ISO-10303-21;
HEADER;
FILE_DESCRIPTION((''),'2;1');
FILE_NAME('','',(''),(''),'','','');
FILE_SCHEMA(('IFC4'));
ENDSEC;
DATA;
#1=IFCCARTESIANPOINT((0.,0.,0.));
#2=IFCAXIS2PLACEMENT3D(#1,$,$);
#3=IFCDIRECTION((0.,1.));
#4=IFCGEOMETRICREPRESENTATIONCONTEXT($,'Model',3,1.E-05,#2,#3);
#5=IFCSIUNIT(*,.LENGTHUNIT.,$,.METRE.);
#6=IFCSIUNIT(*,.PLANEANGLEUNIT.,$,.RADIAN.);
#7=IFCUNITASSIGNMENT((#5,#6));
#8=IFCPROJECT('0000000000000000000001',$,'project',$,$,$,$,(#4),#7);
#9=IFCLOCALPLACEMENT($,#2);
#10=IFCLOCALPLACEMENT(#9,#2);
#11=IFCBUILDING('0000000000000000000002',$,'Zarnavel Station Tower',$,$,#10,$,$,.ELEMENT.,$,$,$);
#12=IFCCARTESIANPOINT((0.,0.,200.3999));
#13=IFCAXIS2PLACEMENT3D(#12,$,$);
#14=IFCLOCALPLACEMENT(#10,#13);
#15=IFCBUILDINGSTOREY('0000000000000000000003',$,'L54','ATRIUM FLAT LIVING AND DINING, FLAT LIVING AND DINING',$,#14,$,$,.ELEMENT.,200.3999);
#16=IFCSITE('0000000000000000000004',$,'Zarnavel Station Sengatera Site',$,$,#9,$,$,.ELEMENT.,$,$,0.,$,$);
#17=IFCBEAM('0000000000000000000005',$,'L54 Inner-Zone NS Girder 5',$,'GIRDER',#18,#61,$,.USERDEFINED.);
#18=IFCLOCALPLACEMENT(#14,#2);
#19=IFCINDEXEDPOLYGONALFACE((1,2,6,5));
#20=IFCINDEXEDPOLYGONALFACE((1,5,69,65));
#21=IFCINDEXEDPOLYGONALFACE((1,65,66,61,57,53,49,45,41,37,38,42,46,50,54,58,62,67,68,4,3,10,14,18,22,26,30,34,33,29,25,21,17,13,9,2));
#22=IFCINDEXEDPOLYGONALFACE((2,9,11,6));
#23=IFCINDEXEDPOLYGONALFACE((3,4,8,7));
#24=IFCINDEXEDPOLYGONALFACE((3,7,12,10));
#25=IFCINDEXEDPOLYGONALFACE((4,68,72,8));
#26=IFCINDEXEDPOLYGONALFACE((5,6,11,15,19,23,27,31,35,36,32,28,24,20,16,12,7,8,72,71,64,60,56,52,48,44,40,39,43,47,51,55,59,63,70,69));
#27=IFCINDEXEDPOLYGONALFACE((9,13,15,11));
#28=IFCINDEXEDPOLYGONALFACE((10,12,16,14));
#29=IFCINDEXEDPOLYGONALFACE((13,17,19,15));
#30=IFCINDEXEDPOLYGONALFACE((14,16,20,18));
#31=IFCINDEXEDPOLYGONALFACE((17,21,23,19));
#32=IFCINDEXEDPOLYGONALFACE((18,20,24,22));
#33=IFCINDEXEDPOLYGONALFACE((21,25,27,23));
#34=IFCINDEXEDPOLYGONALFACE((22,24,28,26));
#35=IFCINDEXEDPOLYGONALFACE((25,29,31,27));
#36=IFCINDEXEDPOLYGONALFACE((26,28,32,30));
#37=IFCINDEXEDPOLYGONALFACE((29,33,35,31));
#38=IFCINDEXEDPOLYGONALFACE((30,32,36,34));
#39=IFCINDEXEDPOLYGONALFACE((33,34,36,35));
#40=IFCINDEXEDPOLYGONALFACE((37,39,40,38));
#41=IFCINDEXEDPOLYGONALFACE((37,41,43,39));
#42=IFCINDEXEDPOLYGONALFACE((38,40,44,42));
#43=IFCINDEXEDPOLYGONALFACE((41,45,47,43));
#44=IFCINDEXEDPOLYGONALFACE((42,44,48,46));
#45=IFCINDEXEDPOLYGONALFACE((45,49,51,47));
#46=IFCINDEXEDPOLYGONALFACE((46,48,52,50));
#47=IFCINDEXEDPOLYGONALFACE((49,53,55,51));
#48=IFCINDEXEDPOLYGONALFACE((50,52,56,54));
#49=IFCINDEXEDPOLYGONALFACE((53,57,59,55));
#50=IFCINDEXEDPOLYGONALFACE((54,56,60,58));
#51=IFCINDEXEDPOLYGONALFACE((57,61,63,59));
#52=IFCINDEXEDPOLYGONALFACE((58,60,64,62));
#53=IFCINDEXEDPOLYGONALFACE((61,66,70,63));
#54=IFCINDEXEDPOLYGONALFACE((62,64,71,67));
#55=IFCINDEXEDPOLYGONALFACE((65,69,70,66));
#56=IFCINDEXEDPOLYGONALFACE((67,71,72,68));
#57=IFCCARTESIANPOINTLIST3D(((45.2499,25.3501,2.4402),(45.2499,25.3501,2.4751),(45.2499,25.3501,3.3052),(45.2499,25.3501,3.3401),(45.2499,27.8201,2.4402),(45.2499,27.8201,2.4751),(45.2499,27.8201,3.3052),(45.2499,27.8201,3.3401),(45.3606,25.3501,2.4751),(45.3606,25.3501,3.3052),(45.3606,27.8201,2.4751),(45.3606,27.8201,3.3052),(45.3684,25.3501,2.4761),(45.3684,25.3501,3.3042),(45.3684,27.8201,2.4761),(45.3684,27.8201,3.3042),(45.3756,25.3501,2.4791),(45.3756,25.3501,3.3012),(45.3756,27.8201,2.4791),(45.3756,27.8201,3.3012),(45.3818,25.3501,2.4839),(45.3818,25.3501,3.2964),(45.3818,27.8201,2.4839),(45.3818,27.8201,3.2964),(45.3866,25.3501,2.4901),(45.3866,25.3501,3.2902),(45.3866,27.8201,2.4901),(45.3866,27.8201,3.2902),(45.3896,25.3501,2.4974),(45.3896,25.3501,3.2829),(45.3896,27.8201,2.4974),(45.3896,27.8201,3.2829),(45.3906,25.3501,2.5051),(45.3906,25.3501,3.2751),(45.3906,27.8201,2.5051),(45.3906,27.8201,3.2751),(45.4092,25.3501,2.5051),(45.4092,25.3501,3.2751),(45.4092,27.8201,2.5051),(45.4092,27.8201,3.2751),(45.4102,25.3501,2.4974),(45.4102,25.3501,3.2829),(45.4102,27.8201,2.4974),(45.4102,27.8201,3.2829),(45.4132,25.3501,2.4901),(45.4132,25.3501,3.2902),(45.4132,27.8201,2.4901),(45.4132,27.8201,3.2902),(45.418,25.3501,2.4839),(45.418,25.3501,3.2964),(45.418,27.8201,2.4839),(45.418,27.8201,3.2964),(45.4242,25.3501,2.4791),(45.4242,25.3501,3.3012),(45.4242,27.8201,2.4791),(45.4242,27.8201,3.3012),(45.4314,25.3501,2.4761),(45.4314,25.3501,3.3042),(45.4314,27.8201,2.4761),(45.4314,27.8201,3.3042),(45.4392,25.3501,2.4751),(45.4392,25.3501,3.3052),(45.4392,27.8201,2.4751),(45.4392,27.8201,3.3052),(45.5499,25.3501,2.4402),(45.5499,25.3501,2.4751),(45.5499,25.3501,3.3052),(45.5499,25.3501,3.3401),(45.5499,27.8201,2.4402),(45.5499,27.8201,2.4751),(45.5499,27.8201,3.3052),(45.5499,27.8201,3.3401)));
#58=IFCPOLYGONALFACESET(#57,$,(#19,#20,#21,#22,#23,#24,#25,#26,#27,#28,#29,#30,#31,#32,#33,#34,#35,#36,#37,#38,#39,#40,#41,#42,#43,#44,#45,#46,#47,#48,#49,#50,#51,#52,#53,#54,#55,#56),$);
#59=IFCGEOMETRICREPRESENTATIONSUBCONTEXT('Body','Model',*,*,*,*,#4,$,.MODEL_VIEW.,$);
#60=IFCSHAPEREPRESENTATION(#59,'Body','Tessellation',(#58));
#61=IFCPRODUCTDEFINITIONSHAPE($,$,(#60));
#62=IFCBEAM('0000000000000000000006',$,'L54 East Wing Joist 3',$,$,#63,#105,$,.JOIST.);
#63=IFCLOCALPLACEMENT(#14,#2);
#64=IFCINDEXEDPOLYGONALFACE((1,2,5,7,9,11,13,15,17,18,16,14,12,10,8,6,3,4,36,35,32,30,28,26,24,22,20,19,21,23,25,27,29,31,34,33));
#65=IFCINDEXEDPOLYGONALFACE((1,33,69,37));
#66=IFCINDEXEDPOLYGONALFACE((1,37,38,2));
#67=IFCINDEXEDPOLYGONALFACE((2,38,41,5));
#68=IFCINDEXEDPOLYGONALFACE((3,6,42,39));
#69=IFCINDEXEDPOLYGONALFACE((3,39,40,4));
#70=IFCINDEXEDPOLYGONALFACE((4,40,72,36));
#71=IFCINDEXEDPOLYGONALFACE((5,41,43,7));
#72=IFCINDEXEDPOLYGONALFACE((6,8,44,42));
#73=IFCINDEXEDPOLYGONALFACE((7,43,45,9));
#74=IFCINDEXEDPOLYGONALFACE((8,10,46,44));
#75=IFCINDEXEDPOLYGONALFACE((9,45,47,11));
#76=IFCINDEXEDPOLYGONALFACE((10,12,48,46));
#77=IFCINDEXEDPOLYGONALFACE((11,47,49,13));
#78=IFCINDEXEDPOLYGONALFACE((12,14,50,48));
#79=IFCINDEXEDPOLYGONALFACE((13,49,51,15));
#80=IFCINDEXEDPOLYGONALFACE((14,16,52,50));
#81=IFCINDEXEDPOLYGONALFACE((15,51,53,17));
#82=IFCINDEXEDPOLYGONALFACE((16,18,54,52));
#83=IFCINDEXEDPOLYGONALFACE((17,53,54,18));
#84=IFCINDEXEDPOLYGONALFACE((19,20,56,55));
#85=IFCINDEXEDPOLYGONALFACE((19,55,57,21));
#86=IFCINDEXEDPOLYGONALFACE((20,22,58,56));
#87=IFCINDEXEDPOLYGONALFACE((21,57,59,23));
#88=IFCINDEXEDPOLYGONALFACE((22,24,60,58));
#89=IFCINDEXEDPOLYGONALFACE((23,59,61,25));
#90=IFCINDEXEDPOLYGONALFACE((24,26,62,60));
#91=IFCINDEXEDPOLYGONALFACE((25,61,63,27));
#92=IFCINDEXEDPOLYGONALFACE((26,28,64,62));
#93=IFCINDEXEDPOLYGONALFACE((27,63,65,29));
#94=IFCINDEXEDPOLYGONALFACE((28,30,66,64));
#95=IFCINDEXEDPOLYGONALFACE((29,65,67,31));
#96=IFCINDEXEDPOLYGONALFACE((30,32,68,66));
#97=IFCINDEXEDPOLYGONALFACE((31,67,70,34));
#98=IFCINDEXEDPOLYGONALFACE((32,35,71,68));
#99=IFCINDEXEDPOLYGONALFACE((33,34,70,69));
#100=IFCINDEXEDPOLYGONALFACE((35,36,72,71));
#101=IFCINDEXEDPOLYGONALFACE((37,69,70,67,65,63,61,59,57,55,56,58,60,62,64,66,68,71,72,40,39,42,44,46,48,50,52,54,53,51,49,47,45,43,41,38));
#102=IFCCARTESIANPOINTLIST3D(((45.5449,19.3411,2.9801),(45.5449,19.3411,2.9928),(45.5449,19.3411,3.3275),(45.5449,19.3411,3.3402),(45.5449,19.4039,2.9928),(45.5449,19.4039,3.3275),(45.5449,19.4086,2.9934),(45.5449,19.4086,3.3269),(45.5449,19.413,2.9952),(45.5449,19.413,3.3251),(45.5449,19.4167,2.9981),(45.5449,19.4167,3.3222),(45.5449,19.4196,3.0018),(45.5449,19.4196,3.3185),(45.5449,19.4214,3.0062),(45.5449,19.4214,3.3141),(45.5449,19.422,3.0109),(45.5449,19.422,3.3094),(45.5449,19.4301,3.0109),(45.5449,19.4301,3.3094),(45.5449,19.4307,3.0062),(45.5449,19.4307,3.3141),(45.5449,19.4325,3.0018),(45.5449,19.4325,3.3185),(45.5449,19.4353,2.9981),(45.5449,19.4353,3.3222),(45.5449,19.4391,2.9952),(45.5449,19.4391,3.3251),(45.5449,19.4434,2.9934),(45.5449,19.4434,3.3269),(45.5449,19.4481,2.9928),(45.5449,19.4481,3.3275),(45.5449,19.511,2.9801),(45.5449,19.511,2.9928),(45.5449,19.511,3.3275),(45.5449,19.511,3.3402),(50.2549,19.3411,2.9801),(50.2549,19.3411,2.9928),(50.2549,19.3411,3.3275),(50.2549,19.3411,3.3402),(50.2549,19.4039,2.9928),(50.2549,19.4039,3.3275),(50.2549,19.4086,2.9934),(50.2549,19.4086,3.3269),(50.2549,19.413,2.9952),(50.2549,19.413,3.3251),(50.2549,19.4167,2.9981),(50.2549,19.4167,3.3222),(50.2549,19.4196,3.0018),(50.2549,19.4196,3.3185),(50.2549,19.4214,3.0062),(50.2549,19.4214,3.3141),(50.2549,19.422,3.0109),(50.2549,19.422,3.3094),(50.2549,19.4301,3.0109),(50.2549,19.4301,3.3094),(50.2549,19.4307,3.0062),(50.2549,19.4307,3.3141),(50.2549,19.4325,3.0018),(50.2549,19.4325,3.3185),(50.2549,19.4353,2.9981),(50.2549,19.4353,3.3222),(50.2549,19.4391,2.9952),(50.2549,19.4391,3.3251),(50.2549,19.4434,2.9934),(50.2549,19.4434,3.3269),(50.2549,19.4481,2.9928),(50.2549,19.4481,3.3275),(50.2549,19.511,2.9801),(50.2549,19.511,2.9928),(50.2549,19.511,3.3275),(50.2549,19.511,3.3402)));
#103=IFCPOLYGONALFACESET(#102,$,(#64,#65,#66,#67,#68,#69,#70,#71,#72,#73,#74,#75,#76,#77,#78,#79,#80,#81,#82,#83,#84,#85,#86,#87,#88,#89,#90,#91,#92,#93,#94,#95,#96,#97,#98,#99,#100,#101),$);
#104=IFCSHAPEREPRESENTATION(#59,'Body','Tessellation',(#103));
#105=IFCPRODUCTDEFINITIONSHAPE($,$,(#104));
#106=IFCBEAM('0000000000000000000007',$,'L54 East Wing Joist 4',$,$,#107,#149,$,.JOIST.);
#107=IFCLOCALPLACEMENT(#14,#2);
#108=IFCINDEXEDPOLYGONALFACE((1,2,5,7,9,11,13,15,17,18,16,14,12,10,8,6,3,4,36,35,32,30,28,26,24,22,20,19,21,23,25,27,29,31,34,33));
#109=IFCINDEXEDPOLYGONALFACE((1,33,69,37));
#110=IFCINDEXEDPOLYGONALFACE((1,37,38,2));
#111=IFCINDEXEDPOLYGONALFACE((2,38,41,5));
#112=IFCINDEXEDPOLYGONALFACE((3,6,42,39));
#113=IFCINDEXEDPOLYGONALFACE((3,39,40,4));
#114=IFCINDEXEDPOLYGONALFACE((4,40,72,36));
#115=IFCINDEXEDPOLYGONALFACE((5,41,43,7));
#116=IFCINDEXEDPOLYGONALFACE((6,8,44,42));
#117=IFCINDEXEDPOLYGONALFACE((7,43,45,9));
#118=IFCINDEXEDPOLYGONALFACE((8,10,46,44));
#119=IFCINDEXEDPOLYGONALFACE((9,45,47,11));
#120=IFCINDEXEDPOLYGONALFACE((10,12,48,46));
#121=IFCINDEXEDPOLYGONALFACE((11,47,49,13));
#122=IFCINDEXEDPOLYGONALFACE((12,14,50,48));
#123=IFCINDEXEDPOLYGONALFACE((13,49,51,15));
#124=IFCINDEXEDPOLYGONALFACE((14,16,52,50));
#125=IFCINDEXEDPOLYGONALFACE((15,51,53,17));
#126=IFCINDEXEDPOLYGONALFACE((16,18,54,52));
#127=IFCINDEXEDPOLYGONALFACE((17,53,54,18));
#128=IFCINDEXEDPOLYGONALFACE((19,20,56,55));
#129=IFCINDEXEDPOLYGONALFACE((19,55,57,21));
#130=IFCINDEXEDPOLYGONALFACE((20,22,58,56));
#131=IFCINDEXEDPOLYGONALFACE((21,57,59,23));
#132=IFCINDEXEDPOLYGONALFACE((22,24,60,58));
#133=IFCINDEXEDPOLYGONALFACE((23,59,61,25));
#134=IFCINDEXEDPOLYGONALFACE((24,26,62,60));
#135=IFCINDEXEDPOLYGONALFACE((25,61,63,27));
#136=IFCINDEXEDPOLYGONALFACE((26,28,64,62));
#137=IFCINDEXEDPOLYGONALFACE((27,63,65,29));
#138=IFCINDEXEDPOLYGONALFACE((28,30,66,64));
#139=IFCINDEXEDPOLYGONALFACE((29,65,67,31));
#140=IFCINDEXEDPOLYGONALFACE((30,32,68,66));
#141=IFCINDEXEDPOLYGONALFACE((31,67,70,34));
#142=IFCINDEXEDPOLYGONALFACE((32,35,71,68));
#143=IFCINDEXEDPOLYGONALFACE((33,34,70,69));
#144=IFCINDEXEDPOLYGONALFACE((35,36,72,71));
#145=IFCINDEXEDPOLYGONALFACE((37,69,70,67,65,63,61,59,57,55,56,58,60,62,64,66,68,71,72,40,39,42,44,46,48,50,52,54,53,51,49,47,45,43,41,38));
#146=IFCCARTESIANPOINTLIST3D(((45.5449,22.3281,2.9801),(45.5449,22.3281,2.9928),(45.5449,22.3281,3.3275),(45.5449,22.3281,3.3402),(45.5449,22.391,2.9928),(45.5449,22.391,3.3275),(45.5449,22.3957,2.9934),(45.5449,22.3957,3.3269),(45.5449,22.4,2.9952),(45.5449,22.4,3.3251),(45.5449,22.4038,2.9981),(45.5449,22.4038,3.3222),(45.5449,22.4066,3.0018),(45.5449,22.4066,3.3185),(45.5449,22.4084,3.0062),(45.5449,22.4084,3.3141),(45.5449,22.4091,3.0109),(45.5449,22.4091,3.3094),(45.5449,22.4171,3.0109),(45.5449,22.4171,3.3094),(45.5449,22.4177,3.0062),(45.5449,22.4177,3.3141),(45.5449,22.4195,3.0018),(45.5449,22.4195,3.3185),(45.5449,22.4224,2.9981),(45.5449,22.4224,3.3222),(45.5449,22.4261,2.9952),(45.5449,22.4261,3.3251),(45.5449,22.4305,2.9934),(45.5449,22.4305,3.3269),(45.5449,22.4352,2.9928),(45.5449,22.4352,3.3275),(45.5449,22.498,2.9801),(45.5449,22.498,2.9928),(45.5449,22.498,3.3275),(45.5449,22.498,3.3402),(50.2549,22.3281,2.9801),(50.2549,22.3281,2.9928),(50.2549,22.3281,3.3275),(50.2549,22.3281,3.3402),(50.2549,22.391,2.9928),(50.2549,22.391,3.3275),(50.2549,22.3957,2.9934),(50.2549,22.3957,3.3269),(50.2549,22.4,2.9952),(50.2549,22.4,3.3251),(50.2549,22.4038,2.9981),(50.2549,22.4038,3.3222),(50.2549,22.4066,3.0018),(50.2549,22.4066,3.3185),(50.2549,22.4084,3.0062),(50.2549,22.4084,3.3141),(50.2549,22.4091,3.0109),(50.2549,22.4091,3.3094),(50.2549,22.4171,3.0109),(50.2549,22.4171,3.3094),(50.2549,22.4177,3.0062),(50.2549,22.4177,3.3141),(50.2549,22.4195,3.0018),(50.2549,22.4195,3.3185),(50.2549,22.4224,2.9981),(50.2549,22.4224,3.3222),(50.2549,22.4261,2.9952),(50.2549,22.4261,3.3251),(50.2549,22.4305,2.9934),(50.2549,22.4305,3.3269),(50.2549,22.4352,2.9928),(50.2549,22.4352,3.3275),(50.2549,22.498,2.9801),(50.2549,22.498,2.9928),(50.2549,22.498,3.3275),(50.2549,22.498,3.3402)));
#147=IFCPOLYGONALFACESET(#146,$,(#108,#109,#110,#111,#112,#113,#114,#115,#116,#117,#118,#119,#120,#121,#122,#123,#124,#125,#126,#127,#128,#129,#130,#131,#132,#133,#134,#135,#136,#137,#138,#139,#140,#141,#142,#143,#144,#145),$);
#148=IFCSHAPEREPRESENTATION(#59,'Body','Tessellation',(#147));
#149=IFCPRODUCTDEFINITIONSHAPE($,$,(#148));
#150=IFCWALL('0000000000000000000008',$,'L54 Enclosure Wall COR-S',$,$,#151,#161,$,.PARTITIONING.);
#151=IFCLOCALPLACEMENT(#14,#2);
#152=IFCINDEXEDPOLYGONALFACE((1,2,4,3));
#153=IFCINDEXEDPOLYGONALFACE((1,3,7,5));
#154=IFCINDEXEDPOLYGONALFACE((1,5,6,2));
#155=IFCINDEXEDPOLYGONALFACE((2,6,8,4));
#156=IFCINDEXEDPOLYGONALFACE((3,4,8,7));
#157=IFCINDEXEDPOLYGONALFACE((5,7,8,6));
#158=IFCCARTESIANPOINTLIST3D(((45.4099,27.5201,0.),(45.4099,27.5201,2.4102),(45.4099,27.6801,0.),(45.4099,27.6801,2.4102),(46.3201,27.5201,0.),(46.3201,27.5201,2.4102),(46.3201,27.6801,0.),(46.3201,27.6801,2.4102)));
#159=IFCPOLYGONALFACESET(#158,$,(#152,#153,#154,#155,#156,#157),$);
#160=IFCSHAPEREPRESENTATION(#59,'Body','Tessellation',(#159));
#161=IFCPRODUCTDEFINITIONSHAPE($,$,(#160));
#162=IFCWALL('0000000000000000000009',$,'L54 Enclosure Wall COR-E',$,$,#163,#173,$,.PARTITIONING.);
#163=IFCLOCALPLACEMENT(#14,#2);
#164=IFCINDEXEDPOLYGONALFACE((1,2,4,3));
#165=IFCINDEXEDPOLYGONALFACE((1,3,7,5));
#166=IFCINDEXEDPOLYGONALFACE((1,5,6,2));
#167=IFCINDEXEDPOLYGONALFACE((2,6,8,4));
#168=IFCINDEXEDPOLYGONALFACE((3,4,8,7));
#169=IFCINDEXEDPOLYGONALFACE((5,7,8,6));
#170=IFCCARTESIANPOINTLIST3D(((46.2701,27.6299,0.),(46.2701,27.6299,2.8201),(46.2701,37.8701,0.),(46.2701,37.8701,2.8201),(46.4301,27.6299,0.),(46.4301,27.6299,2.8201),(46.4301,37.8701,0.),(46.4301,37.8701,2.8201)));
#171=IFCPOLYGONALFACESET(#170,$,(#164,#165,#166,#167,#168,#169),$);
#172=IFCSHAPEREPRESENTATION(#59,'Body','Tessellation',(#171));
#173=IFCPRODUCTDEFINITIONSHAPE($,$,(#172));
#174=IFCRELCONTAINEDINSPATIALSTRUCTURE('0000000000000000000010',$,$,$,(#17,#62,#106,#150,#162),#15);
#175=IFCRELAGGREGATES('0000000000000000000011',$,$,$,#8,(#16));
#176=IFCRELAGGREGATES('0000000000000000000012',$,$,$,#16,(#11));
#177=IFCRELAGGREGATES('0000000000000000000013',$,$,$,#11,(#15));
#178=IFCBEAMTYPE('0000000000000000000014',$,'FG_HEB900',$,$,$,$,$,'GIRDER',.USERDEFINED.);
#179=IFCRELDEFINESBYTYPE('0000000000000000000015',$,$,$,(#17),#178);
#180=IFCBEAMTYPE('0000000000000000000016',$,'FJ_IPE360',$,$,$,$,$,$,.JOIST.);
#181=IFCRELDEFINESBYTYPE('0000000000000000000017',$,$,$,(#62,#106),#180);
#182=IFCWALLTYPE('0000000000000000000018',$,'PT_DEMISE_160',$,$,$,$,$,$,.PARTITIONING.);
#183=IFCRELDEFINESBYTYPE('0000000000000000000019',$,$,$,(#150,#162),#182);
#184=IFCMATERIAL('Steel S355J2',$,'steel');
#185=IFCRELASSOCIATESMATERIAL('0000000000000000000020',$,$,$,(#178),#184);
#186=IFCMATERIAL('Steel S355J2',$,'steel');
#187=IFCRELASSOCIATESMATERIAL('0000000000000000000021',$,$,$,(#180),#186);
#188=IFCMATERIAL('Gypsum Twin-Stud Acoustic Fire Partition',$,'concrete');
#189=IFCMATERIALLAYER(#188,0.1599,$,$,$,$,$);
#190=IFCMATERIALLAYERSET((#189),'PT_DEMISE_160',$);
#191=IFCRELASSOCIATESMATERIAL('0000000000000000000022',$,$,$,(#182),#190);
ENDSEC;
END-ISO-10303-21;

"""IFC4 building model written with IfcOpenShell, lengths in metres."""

from ifc_helpers import new_model, si_unit, direction, frame, frame_2d, origin, origin_2d, place, context, subcontext, project, spatial, rectangle, i_section, extrude, material, layer, layer_set, material_profile, profile_set, type_object, element, save


model = new_model("IFC4")

# Units and contexts
model_context = context("Model", 3, precision=1e-05, world=origin(), true_north=direction((0.0, 1.0)))
body_context = subcontext(model_context, "Body", "Model", "MODEL_VIEW")
ifc_project = project(units=[si_unit("LENGTHUNIT", "METRE"), si_unit("PLANEANGLEUNIT", "RADIAN")], contexts=[model_context])

# Site, building, storey
site_placement = place(None, origin())
site = spatial("IfcSite", under=ifc_project, at=site_placement, Name="Zarnavel Station Sengatera Site", CompositionType="ELEMENT", RefElevation=0.0)
building_placement = place(site_placement, origin())
building = spatial("IfcBuilding", under=site, at=building_placement, Name="Zarnavel Station Tower", CompositionType="ELEMENT")
storey_placement = place(building_placement, frame((0.0, 0.0, 200.3999)))
storey = spatial("IfcBuildingStorey", under=building, at=storey_placement, Name="L54", Description="ATRIUM FLAT LIVING AND DINING, FLAT LIVING AND DINING", CompositionType="ELEMENT", Elevation=200.3999)

# Beams
ifc_material_1 = material(Name="Steel S355J2", Category="steel")
ifc_material_profile_1 = material_profile(ifc_material_1, i_section(OverallWidth=0.3, OverallDepth=0.8999, WebThickness=0.0186, FlangeThickness=0.0349, FilletRadius=0.03, at=origin_2d()), Name="HEB900")
ifc_profile_set_1 = profile_set([ifc_material_profile_1], Name="Steel S355J2")
beam_type_1 = type_object("IfcBeamType", Name="FG_HEB900", ElementType="GIRDER", PredefinedType="USERDEFINED", material=ifc_profile_set_1)
beam_1_placement = place(storey_placement, frame((45.3999, 25.3501, 2.8901), z_axis=(0.0, 1.0, 0.0), x_axis=(-1.0, 0.0, 0.0)))
element("IfcBeam", 1, at=beam_1_placement, inside=storey, type_object=beam_type_1, Name="L54 Inner-Zone NS Girder 5", ObjectType="GIRDER", PredefinedType="USERDEFINED", context=body_context, shape_type="SweptSolid", body=[
    extrude(i_section(OverallWidth=0.3, OverallDepth=0.8999, WebThickness=0.0186, FlangeThickness=0.0349, FilletRadius=0.03, at=origin_2d()), origin(), (0.0, 0.0, 1.0), 2.47),
])
ifc_material_2 = material(Name="Steel S355J2", Category="steel")
ifc_material_profile_2 = material_profile(ifc_material_2, i_section(OverallWidth=0.1699, OverallDepth=0.3601, WebThickness=0.0081, FlangeThickness=0.0127, FilletRadius=0.0181, at=origin_2d()), Name="IPE360")
ifc_profile_set_2 = profile_set([ifc_material_profile_2], Name="Steel S355J2")
beam_type_2 = type_object("IfcBeamType", Name="FJ_IPE360", PredefinedType="JOIST", material=ifc_profile_set_2)
for number, where, z_axis, x_axis, name in (
    (2, (45.5449, 19.426, 3.1602), (1.0, 0.0, 0.0), (0.0, 1.0, 0.0), "L54 East Wing Joist 3"),
    (3, (45.5449, 22.4131, 3.1602), (1.0, 0.0, 0.0), (0.0, 1.0, 0.0), "L54 East Wing Joist 4"),
):
    element("IfcBeam", number, at=place(storey_placement, frame(where, z_axis=z_axis, x_axis=x_axis)), inside=storey, type_object=beam_type_2, Name=name, PredefinedType="JOIST", context=body_context, shape_type="SweptSolid", body=[
        extrude(i_section(OverallWidth=0.1699, OverallDepth=0.3601, WebThickness=0.0081, FlangeThickness=0.0127, FilletRadius=0.0181, at=origin_2d()), origin(), (0.0, 0.0, 1.0), 4.71),
    ])

# Shared definitions
ifc_material_3 = material(Name="Gypsum Twin-Stud Acoustic Fire Partition", Category="concrete")
ifc_layer_1 = layer(ifc_material_3, 0.1599)
ifc_layer_set_1 = layer_set([ifc_layer_1], Name="PT_DEMISE_160")
wall_type_1 = type_object("IfcWallType", Name="PT_DEMISE_160", PredefinedType="PARTITIONING", material=ifc_layer_set_1)

# Walls
wall_1_placement = place(storey_placement, frame((45.4099, 27.6001, 0.0), z_axis=(0.0, 0.0, 1.0), x_axis=(1.0, 0.0, 0.0)))
element("IfcWall", 4, at=wall_1_placement, inside=storey, type_object=wall_type_1, Name="L54 Enclosure Wall COR-S", PredefinedType="PARTITIONING", context=body_context, shape_type="SweptSolid", body=[
    extrude(rectangle(XDim=0.9102, YDim=0.1599, at=frame_2d((0.4551, 0.0))), origin(), (0.0, 0.0, 1.0), 2.4102),
])
wall_2_placement = place(storey_placement, frame((46.3501, 27.6299, 0.0), z_axis=(0.0, 0.0, 1.0), x_axis=(0.0, 1.0, 0.0)))
element("IfcWall", 5, at=wall_2_placement, inside=storey, type_object=wall_type_1, Name="L54 Enclosure Wall COR-E", PredefinedType="PARTITIONING", context=body_context, shape_type="SweptSolid", body=[
    extrude(rectangle(XDim=10.2402, YDim=0.1599, at=frame_2d((5.1201, 0.0))), origin(), (0.0, 0.0, 1.0), 2.8201),
])

save(model, "model.ifc")
